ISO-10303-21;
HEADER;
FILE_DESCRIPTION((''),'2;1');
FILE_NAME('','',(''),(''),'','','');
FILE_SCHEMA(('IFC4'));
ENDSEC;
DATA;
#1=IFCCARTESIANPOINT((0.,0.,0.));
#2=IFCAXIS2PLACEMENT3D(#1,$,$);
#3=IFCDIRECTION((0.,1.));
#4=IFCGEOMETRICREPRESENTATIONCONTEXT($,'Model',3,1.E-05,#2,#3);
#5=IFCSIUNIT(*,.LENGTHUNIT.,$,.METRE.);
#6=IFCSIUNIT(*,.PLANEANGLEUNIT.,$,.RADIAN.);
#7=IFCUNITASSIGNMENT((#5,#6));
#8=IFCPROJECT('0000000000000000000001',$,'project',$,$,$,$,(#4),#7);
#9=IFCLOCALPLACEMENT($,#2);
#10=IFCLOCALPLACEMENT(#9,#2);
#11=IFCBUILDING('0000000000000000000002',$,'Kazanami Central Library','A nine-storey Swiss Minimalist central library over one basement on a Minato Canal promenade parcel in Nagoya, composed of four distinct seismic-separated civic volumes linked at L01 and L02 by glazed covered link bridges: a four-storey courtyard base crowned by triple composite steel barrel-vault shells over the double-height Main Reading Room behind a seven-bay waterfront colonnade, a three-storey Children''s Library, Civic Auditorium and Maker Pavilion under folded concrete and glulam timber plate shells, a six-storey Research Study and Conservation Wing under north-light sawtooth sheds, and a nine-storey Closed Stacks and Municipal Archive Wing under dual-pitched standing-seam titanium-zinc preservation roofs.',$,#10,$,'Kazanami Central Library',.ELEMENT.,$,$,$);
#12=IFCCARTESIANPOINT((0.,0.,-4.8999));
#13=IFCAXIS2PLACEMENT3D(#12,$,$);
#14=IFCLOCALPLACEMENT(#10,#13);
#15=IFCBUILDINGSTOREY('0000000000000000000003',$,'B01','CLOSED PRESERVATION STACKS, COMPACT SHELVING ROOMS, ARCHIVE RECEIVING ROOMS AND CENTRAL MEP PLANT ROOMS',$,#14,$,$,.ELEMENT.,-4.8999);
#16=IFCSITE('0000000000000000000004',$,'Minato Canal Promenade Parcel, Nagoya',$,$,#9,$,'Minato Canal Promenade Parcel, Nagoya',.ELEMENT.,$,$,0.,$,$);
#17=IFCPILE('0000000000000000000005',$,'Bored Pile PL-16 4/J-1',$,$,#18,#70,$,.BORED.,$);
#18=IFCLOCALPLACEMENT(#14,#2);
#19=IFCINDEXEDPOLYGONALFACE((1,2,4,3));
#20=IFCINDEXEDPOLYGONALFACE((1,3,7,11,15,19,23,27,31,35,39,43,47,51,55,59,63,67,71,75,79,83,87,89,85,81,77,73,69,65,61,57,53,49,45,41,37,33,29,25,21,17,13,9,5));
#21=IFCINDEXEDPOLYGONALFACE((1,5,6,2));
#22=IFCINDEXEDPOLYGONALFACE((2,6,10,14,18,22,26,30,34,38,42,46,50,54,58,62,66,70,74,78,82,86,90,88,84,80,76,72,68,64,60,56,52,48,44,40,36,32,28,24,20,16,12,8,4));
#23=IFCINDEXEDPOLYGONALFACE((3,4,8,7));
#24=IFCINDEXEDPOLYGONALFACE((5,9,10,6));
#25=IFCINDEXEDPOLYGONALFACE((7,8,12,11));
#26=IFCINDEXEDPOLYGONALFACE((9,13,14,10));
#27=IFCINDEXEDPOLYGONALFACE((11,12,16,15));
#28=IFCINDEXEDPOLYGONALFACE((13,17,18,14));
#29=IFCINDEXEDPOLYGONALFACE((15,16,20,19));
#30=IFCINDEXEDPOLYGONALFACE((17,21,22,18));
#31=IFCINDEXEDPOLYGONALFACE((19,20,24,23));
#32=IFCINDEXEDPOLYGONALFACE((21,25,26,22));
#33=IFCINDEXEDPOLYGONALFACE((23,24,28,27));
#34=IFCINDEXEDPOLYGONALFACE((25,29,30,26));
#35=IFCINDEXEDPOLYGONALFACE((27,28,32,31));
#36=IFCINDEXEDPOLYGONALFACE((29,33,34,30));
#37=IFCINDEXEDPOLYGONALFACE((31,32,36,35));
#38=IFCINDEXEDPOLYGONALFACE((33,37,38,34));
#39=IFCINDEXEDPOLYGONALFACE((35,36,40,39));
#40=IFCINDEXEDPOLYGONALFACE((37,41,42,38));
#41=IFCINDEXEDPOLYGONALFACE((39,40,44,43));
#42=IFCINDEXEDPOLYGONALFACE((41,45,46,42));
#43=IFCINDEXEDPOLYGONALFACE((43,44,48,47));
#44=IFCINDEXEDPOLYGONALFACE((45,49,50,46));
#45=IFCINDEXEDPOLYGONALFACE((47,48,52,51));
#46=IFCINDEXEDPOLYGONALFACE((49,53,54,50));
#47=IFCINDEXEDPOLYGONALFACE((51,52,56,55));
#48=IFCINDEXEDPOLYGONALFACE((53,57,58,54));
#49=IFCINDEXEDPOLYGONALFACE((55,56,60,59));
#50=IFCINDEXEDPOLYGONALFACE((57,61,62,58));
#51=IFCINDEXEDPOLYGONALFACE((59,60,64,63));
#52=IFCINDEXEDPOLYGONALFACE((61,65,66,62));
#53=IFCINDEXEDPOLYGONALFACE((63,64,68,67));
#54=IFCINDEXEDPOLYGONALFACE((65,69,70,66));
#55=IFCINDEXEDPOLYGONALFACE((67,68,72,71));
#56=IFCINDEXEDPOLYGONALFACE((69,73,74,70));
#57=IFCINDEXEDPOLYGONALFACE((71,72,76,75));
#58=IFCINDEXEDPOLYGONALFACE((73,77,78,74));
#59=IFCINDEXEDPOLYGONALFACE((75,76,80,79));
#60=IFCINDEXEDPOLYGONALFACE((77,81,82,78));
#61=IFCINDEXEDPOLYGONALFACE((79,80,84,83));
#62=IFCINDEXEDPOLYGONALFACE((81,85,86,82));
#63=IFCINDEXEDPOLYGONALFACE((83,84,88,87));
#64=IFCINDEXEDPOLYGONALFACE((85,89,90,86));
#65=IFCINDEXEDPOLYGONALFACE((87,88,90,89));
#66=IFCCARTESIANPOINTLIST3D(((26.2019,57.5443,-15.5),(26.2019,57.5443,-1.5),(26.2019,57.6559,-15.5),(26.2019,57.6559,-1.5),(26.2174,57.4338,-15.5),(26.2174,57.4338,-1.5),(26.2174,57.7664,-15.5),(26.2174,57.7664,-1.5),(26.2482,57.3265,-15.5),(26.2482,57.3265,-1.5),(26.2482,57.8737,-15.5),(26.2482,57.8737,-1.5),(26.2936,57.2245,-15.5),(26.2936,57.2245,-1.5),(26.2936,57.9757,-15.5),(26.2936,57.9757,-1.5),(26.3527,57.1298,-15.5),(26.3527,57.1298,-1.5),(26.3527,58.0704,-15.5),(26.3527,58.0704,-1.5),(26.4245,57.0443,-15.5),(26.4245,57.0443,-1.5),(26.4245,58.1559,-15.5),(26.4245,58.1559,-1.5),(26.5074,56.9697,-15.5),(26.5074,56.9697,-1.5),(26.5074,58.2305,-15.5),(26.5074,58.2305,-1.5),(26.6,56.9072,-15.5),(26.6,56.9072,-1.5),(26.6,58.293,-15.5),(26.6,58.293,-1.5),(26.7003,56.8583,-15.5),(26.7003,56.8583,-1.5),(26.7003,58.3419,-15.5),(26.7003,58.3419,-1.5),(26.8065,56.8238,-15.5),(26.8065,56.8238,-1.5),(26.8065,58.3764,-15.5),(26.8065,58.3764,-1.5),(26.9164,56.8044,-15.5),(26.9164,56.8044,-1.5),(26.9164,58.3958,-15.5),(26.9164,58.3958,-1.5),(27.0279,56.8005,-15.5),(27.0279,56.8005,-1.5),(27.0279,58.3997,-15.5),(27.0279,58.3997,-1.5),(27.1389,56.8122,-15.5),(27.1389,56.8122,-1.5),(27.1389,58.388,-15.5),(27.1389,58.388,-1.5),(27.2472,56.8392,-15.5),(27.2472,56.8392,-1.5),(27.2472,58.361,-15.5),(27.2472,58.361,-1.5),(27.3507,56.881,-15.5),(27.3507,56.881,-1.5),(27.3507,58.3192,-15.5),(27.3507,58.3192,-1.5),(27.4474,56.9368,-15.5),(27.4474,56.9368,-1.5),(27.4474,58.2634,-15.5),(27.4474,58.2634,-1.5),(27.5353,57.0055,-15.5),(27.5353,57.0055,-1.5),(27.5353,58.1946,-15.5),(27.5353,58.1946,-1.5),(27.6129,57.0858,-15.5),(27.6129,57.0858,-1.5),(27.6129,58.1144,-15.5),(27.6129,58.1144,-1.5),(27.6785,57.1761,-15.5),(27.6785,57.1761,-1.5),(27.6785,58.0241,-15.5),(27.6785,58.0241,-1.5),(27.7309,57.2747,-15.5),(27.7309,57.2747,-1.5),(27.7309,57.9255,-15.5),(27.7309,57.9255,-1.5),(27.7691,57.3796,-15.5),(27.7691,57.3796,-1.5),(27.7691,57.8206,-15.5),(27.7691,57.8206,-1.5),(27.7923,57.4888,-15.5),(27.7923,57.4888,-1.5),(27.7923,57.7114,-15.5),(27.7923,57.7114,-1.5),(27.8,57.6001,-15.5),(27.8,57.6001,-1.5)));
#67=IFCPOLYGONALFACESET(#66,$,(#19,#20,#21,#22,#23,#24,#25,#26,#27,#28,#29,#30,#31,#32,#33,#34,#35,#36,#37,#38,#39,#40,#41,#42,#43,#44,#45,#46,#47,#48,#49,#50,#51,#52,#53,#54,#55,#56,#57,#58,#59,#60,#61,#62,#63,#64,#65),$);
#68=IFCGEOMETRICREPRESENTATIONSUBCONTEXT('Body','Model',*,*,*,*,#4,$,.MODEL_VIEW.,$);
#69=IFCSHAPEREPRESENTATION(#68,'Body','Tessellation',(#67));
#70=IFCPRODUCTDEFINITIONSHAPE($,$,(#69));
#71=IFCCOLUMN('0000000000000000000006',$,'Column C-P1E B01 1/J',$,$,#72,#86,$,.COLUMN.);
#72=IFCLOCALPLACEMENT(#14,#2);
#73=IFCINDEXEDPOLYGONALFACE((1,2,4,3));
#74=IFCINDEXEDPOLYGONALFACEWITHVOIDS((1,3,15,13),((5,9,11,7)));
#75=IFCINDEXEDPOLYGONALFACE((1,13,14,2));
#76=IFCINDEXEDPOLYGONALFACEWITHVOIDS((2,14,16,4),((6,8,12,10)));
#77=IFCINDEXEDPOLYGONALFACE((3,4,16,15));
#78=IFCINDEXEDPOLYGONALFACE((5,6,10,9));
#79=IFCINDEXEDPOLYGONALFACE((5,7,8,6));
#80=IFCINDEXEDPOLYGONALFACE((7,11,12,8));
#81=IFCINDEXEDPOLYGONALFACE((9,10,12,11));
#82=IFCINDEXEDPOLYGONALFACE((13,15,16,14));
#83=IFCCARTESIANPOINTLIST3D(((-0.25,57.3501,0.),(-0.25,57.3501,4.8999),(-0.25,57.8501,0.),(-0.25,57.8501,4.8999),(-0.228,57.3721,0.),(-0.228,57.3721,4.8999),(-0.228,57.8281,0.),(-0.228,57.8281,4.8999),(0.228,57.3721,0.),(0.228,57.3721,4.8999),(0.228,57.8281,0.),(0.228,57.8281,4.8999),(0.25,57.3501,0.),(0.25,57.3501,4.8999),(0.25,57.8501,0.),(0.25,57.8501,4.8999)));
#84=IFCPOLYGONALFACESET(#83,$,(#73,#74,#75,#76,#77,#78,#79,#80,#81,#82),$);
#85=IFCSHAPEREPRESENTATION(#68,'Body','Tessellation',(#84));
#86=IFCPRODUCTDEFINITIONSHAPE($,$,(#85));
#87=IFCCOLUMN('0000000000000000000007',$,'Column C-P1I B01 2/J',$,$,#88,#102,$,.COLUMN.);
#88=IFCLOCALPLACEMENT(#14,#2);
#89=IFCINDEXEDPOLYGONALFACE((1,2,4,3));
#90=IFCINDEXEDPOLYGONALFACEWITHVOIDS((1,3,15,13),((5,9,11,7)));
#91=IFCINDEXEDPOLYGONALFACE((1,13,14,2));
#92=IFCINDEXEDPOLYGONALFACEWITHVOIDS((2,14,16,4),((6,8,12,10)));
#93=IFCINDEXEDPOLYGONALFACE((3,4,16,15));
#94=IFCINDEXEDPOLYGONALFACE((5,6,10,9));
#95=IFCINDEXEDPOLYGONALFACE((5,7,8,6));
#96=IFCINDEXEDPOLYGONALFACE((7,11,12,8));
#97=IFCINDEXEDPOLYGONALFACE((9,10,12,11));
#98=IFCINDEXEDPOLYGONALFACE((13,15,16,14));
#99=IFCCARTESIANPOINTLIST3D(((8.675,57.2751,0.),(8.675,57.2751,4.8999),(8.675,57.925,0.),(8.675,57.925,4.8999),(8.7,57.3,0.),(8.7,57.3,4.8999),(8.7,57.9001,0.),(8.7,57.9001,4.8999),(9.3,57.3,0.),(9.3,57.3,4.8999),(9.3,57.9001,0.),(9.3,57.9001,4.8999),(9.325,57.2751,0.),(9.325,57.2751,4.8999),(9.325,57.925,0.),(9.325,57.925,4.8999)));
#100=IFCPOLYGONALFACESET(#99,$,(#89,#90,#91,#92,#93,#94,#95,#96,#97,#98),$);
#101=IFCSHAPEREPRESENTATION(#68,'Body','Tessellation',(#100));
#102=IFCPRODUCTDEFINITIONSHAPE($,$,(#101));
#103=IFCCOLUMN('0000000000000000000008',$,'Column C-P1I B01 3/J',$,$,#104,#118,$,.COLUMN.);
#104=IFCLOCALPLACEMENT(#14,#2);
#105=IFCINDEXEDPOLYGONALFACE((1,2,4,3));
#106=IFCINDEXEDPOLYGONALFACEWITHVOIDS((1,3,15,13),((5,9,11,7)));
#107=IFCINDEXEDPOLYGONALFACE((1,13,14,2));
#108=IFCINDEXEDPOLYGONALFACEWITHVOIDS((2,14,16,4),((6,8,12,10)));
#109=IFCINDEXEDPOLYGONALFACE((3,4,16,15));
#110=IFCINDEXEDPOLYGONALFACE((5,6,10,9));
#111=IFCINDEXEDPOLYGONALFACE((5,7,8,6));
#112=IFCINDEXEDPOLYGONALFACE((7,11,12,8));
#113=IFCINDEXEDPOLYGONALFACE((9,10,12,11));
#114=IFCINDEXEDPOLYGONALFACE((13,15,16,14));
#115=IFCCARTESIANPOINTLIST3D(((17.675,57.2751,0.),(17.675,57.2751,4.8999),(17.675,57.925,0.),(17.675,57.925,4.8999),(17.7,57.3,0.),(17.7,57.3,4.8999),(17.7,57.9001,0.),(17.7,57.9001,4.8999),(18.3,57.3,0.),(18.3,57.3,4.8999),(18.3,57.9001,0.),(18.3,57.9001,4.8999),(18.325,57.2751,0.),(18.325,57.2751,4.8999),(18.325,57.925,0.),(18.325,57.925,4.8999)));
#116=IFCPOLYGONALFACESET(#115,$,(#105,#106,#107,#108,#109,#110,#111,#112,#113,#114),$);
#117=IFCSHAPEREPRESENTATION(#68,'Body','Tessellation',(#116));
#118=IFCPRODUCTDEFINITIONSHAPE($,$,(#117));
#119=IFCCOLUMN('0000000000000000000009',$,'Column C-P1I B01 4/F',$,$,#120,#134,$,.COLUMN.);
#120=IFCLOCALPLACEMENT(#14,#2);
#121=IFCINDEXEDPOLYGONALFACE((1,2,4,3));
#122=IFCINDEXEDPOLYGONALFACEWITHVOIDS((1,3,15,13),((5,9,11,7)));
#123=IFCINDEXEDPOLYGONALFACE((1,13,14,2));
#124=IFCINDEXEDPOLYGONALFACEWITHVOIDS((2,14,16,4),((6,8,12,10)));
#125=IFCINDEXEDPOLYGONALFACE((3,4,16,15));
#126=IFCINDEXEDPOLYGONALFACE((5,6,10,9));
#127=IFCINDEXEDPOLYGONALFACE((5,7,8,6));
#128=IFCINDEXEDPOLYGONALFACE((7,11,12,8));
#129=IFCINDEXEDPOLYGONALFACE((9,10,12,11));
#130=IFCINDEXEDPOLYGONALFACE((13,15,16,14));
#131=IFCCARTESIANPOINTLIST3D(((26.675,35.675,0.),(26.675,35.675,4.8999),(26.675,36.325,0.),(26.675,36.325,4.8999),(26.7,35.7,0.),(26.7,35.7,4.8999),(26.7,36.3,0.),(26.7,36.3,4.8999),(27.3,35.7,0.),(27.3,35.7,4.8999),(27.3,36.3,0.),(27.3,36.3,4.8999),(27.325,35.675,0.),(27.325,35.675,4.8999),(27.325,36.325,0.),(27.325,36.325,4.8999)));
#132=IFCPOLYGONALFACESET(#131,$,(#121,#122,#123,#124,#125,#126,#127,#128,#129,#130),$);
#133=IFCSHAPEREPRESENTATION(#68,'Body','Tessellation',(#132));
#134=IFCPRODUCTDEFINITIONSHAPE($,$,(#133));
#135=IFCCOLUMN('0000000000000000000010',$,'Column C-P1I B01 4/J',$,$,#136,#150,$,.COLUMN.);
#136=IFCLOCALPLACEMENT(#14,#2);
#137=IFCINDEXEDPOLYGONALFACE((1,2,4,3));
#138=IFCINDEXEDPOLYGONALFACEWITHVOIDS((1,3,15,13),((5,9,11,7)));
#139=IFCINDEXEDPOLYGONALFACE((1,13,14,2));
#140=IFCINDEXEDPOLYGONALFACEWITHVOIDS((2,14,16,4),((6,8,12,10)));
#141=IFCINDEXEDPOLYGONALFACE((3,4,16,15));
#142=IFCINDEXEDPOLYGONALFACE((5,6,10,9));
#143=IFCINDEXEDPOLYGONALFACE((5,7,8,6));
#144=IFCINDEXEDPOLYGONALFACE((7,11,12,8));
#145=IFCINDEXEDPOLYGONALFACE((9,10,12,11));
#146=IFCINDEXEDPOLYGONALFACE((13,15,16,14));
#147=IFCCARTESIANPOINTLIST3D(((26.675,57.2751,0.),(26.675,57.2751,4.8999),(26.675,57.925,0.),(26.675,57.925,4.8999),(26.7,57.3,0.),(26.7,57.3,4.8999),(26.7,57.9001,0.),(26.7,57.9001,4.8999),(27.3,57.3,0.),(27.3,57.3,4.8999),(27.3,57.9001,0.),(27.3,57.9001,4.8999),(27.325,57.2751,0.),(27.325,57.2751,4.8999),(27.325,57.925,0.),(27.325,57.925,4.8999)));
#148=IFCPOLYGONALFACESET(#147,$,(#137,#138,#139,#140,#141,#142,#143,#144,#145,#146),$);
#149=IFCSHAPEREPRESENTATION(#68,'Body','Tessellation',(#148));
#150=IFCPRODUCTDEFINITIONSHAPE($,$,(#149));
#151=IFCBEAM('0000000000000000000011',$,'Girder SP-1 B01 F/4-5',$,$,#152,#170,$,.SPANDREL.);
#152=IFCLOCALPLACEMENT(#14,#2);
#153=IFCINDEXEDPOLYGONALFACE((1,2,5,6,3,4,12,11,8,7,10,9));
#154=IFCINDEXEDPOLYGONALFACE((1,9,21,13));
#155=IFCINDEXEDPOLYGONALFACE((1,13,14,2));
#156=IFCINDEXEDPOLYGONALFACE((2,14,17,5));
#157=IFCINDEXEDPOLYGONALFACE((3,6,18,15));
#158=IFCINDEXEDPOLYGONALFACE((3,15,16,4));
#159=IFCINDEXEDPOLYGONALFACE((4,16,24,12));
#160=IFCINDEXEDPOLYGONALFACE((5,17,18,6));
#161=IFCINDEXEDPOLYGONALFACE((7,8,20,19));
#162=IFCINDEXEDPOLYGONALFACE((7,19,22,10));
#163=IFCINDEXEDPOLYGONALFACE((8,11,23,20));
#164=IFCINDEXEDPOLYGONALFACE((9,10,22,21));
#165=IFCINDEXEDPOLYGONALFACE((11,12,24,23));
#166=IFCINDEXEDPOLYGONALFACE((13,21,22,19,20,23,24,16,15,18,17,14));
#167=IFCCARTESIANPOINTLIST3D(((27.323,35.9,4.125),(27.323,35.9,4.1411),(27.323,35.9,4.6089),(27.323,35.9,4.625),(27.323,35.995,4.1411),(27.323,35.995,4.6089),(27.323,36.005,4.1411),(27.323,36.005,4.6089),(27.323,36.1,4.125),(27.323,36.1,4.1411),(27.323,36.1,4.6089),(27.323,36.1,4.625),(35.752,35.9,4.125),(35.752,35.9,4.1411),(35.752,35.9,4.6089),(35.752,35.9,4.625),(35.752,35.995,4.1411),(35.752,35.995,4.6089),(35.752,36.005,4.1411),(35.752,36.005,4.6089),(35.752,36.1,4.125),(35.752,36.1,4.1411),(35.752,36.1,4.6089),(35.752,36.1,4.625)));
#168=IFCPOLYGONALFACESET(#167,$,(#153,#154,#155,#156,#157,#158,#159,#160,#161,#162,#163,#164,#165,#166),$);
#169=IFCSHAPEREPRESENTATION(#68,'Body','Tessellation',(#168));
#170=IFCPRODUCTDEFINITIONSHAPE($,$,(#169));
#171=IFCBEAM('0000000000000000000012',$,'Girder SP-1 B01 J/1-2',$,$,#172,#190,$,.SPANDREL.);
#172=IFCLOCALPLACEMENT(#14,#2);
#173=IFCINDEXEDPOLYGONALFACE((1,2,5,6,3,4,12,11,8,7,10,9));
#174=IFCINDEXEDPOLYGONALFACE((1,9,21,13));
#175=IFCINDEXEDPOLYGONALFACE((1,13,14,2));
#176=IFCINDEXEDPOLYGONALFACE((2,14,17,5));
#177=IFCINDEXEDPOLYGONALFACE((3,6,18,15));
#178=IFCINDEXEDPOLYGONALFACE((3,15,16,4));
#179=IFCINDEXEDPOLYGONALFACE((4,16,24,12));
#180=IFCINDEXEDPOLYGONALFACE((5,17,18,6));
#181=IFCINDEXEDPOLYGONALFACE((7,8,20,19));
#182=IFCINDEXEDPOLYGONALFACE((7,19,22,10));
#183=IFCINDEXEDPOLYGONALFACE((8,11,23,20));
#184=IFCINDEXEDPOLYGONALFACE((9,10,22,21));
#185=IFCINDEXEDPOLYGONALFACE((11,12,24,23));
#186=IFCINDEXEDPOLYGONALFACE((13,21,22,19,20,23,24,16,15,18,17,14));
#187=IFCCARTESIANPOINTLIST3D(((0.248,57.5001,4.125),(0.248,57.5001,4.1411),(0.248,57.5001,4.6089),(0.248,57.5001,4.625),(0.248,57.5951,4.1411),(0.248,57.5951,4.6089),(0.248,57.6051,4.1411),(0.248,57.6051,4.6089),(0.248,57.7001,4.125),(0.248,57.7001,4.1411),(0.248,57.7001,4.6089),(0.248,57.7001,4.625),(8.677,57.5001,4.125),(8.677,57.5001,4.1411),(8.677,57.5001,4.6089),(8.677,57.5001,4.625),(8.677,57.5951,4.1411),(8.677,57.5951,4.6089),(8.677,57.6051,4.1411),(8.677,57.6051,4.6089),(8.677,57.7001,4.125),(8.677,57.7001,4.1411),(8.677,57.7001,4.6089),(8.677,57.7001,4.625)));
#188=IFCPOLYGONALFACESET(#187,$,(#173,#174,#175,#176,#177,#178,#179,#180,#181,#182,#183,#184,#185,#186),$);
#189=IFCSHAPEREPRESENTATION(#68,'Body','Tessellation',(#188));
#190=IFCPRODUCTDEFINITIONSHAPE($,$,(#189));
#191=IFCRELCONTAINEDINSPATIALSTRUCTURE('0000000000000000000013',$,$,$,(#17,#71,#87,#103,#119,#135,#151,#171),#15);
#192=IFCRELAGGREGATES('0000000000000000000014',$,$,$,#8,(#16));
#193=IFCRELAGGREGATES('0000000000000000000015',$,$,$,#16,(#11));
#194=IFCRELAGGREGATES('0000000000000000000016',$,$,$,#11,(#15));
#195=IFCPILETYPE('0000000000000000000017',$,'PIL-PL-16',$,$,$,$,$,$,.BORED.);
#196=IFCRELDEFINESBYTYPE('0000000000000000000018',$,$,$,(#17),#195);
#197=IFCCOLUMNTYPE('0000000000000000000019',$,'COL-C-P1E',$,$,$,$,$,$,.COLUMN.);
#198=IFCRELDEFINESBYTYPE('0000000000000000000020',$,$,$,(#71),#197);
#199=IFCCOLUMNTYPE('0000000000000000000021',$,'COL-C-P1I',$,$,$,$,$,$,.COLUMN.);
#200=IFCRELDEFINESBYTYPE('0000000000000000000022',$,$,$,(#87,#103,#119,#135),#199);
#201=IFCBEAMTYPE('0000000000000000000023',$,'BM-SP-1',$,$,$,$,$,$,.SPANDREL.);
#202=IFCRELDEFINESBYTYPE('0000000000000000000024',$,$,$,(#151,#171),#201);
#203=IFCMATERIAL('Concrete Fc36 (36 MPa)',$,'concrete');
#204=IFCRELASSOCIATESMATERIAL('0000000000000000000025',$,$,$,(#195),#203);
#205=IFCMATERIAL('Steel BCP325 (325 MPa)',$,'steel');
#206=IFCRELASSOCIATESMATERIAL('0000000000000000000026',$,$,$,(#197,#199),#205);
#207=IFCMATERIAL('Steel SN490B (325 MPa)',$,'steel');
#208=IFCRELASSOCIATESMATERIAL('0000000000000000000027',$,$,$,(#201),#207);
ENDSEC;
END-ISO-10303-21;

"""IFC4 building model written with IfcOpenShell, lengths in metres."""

from ifc_helpers import new_model, si_unit, direction, frame, origin, origin_2d, place, context, subcontext, project, spatial, hollow_rectangle, circle, i_section, extrude, material, material_profile, profile_set, type_object, element, save


model = new_model("IFC4")

# Units and contexts
model_context = context("Model", 3, precision=1e-05, world=origin(), true_north=direction((0.0, 1.0)))
body_context = subcontext(model_context, "Body", "Model", "MODEL_VIEW")
ifc_project = project(units=[si_unit("LENGTHUNIT", "METRE"), si_unit("PLANEANGLEUNIT", "RADIAN")], contexts=[model_context])

# Site, building, storey
site_placement = place(None, origin())
site = spatial("IfcSite", under=ifc_project, at=site_placement, Name="Minato Canal Promenade Parcel, Nagoya", LongName="Minato Canal Promenade Parcel, Nagoya", CompositionType="ELEMENT", RefElevation=0.0)
building_placement = place(site_placement, origin())
building = spatial("IfcBuilding", under=site, at=building_placement, Name="Kazanami Central Library", Description="A nine-storey Swiss Minimalist central library over one basement on a Minato Canal promenade parcel in Nagoya, composed of four distinct seismic-separated civic volumes linked at L01 and L02 by glazed covered link bridges: a four-storey courtyard base crowned by triple composite steel barrel-vault shells over the double-height Main Reading Room behind a seven-bay waterfront colonnade, a three-storey Children's Library, Civic Auditorium and Maker Pavilion under folded concrete and glulam timber plate shells, a six-storey Research Study and Conservation Wing under north-light sawtooth sheds, and a nine-storey Closed Stacks and Municipal Archive Wing under dual-pitched standing-seam titanium-zinc preservation roofs.", LongName="Kazanami Central Library", CompositionType="ELEMENT")
storey_placement = place(building_placement, frame((0.0, 0.0, -4.8999)))
storey = spatial("IfcBuildingStorey", under=building, at=storey_placement, Name="B01", Description="CLOSED PRESERVATION STACKS, COMPACT SHELVING ROOMS, ARCHIVE RECEIVING ROOMS AND CENTRAL MEP PLANT ROOMS", CompositionType="ELEMENT", Elevation=-4.8999)

# Shared definitions
ifc_material_1 = material(Name="Concrete Fc36 (36 MPa)", Category="concrete")

# Pile
ifc_material_profile_1 = material_profile(ifc_material_1, circle(Radius=0.8, at=origin_2d()), Name="BORED-D1600")
ifc_profile_set_1 = profile_set([ifc_material_profile_1], Name="Concrete Fc36 (36 MPa)")
pile_type_1 = type_object("IfcPileType", Name="PIL-PL-16", PredefinedType="BORED", material=ifc_profile_set_1)
pile_1_placement = place(storey_placement, frame((27.0, 57.6001, -1.5), z_axis=(0.0, 0.0, -1.0), x_axis=(1.0, 0.0, 0.0)))
element("IfcPile", 1, at=pile_1_placement, inside=storey, type_object=pile_type_1, Name="Bored Pile PL-16 4/J-1", PredefinedType="BORED", context=body_context, shape_type="SweptSolid", body=[
    extrude(circle(Radius=0.8, at=origin_2d()), origin(), (0.0, 0.0, 1.0), 14.0),
])

# Columns
ifc_material_2 = material(Name="Steel BCP325 (325 MPa)", Category="steel")
ifc_material_profile_2 = material_profile(ifc_material_2, hollow_rectangle(XDim=0.5, YDim=0.5, WallThickness=0.022, at=origin_2d()), Name="BCP-500x500x22")
ifc_profile_set_2 = profile_set([ifc_material_profile_2], Name="Steel BCP325 (325 MPa)")
column_type_1 = type_object("IfcColumnType", Name="COL-C-P1E", PredefinedType="COLUMN", material=ifc_profile_set_2)
column_placement = place(storey_placement, frame((0.0, 57.6001, 0.0), z_axis=(0.0, 0.0, 1.0), x_axis=(1.0, 0.0, 0.0)))
element("IfcColumn", 2, at=column_placement, inside=storey, type_object=column_type_1, Name="Column C-P1E B01 1/J", PredefinedType="COLUMN", context=body_context, shape_type="SweptSolid", body=[
    extrude(hollow_rectangle(XDim=0.5, YDim=0.5, WallThickness=0.022, at=origin_2d()), origin(), (0.0, 0.0, 1.0), 4.8999),
])
ifc_material_profile_3 = material_profile(ifc_material_2, hollow_rectangle(XDim=0.6499, YDim=0.6499, WallThickness=0.0249, at=origin_2d()), Name="BCP-650x650x25")
ifc_profile_set_3 = profile_set([ifc_material_profile_3], Name="Steel BCP325 (325 MPa)")
column_type_2 = type_object("IfcColumnType", Name="COL-C-P1I", PredefinedType="COLUMN", material=ifc_profile_set_3)
for number, where, z_axis, x_axis, name in (
    (3, (9.0, 57.6001, 0.0), (0.0, 0.0, 1.0), (1.0, 0.0, 0.0), "Column C-P1I B01 2/J"),
    (4, (18.0, 57.6001, 0.0), (0.0, 0.0, 1.0), (1.0, 0.0, 0.0), "Column C-P1I B01 3/J"),
    (5, (27.0, 36.0, 0.0), (0.0, 0.0, 1.0), (1.0, 0.0, 0.0), "Column C-P1I B01 4/F"),
    (6, (27.0, 57.6001, 0.0), (0.0, 0.0, 1.0), (1.0, 0.0, 0.0), "Column C-P1I B01 4/J"),
):
    element("IfcColumn", number, at=place(storey_placement, frame(where, z_axis=z_axis, x_axis=x_axis)), inside=storey, type_object=column_type_2, Name=name, PredefinedType="COLUMN", context=body_context, shape_type="SweptSolid", body=[
        extrude(hollow_rectangle(XDim=0.6499, YDim=0.6499, WallThickness=0.0249, at=origin_2d()), origin(), (0.0, 0.0, 1.0), 4.8999),
    ])

# Beams
ifc_material_3 = material(Name="Steel SN490B (325 MPa)", Category="steel")
ifc_material_profile_4 = material_profile(ifc_material_3, i_section(OverallWidth=0.2, OverallDepth=0.5, WebThickness=0.01, FlangeThickness=0.0161, at=origin_2d()), Name="H-500x200x10x16")
ifc_profile_set_4 = profile_set([ifc_material_profile_4], Name="Steel SN490B (325 MPa)")
beam_type = type_object("IfcBeamType", Name="BM-SP-1", PredefinedType="SPANDREL", material=ifc_profile_set_4)
for number, where, z_axis, x_axis, name in (
    (7, (27.323, 36.0, 4.375), (1.0, 0.0, 0.0), (0.0, 1.0, 0.0), "Girder SP-1 B01 F/4-5"),
    (8, (0.248, 57.6001, 4.375), (1.0, 0.0, 0.0), (0.0, 1.0, 0.0), "Girder SP-1 B01 J/1-2"),
):
    element("IfcBeam", number, at=place(storey_placement, frame(where, z_axis=z_axis, x_axis=x_axis)), inside=storey, type_object=beam_type, Name=name, PredefinedType="SPANDREL", context=body_context, shape_type="SweptSolid", body=[
        extrude(i_section(OverallWidth=0.2, OverallDepth=0.5, WebThickness=0.01, FlangeThickness=0.0161, at=origin_2d()), origin(), (0.0, 0.0, 1.0), 8.429),
    ])

save(model, "model.ifc")
